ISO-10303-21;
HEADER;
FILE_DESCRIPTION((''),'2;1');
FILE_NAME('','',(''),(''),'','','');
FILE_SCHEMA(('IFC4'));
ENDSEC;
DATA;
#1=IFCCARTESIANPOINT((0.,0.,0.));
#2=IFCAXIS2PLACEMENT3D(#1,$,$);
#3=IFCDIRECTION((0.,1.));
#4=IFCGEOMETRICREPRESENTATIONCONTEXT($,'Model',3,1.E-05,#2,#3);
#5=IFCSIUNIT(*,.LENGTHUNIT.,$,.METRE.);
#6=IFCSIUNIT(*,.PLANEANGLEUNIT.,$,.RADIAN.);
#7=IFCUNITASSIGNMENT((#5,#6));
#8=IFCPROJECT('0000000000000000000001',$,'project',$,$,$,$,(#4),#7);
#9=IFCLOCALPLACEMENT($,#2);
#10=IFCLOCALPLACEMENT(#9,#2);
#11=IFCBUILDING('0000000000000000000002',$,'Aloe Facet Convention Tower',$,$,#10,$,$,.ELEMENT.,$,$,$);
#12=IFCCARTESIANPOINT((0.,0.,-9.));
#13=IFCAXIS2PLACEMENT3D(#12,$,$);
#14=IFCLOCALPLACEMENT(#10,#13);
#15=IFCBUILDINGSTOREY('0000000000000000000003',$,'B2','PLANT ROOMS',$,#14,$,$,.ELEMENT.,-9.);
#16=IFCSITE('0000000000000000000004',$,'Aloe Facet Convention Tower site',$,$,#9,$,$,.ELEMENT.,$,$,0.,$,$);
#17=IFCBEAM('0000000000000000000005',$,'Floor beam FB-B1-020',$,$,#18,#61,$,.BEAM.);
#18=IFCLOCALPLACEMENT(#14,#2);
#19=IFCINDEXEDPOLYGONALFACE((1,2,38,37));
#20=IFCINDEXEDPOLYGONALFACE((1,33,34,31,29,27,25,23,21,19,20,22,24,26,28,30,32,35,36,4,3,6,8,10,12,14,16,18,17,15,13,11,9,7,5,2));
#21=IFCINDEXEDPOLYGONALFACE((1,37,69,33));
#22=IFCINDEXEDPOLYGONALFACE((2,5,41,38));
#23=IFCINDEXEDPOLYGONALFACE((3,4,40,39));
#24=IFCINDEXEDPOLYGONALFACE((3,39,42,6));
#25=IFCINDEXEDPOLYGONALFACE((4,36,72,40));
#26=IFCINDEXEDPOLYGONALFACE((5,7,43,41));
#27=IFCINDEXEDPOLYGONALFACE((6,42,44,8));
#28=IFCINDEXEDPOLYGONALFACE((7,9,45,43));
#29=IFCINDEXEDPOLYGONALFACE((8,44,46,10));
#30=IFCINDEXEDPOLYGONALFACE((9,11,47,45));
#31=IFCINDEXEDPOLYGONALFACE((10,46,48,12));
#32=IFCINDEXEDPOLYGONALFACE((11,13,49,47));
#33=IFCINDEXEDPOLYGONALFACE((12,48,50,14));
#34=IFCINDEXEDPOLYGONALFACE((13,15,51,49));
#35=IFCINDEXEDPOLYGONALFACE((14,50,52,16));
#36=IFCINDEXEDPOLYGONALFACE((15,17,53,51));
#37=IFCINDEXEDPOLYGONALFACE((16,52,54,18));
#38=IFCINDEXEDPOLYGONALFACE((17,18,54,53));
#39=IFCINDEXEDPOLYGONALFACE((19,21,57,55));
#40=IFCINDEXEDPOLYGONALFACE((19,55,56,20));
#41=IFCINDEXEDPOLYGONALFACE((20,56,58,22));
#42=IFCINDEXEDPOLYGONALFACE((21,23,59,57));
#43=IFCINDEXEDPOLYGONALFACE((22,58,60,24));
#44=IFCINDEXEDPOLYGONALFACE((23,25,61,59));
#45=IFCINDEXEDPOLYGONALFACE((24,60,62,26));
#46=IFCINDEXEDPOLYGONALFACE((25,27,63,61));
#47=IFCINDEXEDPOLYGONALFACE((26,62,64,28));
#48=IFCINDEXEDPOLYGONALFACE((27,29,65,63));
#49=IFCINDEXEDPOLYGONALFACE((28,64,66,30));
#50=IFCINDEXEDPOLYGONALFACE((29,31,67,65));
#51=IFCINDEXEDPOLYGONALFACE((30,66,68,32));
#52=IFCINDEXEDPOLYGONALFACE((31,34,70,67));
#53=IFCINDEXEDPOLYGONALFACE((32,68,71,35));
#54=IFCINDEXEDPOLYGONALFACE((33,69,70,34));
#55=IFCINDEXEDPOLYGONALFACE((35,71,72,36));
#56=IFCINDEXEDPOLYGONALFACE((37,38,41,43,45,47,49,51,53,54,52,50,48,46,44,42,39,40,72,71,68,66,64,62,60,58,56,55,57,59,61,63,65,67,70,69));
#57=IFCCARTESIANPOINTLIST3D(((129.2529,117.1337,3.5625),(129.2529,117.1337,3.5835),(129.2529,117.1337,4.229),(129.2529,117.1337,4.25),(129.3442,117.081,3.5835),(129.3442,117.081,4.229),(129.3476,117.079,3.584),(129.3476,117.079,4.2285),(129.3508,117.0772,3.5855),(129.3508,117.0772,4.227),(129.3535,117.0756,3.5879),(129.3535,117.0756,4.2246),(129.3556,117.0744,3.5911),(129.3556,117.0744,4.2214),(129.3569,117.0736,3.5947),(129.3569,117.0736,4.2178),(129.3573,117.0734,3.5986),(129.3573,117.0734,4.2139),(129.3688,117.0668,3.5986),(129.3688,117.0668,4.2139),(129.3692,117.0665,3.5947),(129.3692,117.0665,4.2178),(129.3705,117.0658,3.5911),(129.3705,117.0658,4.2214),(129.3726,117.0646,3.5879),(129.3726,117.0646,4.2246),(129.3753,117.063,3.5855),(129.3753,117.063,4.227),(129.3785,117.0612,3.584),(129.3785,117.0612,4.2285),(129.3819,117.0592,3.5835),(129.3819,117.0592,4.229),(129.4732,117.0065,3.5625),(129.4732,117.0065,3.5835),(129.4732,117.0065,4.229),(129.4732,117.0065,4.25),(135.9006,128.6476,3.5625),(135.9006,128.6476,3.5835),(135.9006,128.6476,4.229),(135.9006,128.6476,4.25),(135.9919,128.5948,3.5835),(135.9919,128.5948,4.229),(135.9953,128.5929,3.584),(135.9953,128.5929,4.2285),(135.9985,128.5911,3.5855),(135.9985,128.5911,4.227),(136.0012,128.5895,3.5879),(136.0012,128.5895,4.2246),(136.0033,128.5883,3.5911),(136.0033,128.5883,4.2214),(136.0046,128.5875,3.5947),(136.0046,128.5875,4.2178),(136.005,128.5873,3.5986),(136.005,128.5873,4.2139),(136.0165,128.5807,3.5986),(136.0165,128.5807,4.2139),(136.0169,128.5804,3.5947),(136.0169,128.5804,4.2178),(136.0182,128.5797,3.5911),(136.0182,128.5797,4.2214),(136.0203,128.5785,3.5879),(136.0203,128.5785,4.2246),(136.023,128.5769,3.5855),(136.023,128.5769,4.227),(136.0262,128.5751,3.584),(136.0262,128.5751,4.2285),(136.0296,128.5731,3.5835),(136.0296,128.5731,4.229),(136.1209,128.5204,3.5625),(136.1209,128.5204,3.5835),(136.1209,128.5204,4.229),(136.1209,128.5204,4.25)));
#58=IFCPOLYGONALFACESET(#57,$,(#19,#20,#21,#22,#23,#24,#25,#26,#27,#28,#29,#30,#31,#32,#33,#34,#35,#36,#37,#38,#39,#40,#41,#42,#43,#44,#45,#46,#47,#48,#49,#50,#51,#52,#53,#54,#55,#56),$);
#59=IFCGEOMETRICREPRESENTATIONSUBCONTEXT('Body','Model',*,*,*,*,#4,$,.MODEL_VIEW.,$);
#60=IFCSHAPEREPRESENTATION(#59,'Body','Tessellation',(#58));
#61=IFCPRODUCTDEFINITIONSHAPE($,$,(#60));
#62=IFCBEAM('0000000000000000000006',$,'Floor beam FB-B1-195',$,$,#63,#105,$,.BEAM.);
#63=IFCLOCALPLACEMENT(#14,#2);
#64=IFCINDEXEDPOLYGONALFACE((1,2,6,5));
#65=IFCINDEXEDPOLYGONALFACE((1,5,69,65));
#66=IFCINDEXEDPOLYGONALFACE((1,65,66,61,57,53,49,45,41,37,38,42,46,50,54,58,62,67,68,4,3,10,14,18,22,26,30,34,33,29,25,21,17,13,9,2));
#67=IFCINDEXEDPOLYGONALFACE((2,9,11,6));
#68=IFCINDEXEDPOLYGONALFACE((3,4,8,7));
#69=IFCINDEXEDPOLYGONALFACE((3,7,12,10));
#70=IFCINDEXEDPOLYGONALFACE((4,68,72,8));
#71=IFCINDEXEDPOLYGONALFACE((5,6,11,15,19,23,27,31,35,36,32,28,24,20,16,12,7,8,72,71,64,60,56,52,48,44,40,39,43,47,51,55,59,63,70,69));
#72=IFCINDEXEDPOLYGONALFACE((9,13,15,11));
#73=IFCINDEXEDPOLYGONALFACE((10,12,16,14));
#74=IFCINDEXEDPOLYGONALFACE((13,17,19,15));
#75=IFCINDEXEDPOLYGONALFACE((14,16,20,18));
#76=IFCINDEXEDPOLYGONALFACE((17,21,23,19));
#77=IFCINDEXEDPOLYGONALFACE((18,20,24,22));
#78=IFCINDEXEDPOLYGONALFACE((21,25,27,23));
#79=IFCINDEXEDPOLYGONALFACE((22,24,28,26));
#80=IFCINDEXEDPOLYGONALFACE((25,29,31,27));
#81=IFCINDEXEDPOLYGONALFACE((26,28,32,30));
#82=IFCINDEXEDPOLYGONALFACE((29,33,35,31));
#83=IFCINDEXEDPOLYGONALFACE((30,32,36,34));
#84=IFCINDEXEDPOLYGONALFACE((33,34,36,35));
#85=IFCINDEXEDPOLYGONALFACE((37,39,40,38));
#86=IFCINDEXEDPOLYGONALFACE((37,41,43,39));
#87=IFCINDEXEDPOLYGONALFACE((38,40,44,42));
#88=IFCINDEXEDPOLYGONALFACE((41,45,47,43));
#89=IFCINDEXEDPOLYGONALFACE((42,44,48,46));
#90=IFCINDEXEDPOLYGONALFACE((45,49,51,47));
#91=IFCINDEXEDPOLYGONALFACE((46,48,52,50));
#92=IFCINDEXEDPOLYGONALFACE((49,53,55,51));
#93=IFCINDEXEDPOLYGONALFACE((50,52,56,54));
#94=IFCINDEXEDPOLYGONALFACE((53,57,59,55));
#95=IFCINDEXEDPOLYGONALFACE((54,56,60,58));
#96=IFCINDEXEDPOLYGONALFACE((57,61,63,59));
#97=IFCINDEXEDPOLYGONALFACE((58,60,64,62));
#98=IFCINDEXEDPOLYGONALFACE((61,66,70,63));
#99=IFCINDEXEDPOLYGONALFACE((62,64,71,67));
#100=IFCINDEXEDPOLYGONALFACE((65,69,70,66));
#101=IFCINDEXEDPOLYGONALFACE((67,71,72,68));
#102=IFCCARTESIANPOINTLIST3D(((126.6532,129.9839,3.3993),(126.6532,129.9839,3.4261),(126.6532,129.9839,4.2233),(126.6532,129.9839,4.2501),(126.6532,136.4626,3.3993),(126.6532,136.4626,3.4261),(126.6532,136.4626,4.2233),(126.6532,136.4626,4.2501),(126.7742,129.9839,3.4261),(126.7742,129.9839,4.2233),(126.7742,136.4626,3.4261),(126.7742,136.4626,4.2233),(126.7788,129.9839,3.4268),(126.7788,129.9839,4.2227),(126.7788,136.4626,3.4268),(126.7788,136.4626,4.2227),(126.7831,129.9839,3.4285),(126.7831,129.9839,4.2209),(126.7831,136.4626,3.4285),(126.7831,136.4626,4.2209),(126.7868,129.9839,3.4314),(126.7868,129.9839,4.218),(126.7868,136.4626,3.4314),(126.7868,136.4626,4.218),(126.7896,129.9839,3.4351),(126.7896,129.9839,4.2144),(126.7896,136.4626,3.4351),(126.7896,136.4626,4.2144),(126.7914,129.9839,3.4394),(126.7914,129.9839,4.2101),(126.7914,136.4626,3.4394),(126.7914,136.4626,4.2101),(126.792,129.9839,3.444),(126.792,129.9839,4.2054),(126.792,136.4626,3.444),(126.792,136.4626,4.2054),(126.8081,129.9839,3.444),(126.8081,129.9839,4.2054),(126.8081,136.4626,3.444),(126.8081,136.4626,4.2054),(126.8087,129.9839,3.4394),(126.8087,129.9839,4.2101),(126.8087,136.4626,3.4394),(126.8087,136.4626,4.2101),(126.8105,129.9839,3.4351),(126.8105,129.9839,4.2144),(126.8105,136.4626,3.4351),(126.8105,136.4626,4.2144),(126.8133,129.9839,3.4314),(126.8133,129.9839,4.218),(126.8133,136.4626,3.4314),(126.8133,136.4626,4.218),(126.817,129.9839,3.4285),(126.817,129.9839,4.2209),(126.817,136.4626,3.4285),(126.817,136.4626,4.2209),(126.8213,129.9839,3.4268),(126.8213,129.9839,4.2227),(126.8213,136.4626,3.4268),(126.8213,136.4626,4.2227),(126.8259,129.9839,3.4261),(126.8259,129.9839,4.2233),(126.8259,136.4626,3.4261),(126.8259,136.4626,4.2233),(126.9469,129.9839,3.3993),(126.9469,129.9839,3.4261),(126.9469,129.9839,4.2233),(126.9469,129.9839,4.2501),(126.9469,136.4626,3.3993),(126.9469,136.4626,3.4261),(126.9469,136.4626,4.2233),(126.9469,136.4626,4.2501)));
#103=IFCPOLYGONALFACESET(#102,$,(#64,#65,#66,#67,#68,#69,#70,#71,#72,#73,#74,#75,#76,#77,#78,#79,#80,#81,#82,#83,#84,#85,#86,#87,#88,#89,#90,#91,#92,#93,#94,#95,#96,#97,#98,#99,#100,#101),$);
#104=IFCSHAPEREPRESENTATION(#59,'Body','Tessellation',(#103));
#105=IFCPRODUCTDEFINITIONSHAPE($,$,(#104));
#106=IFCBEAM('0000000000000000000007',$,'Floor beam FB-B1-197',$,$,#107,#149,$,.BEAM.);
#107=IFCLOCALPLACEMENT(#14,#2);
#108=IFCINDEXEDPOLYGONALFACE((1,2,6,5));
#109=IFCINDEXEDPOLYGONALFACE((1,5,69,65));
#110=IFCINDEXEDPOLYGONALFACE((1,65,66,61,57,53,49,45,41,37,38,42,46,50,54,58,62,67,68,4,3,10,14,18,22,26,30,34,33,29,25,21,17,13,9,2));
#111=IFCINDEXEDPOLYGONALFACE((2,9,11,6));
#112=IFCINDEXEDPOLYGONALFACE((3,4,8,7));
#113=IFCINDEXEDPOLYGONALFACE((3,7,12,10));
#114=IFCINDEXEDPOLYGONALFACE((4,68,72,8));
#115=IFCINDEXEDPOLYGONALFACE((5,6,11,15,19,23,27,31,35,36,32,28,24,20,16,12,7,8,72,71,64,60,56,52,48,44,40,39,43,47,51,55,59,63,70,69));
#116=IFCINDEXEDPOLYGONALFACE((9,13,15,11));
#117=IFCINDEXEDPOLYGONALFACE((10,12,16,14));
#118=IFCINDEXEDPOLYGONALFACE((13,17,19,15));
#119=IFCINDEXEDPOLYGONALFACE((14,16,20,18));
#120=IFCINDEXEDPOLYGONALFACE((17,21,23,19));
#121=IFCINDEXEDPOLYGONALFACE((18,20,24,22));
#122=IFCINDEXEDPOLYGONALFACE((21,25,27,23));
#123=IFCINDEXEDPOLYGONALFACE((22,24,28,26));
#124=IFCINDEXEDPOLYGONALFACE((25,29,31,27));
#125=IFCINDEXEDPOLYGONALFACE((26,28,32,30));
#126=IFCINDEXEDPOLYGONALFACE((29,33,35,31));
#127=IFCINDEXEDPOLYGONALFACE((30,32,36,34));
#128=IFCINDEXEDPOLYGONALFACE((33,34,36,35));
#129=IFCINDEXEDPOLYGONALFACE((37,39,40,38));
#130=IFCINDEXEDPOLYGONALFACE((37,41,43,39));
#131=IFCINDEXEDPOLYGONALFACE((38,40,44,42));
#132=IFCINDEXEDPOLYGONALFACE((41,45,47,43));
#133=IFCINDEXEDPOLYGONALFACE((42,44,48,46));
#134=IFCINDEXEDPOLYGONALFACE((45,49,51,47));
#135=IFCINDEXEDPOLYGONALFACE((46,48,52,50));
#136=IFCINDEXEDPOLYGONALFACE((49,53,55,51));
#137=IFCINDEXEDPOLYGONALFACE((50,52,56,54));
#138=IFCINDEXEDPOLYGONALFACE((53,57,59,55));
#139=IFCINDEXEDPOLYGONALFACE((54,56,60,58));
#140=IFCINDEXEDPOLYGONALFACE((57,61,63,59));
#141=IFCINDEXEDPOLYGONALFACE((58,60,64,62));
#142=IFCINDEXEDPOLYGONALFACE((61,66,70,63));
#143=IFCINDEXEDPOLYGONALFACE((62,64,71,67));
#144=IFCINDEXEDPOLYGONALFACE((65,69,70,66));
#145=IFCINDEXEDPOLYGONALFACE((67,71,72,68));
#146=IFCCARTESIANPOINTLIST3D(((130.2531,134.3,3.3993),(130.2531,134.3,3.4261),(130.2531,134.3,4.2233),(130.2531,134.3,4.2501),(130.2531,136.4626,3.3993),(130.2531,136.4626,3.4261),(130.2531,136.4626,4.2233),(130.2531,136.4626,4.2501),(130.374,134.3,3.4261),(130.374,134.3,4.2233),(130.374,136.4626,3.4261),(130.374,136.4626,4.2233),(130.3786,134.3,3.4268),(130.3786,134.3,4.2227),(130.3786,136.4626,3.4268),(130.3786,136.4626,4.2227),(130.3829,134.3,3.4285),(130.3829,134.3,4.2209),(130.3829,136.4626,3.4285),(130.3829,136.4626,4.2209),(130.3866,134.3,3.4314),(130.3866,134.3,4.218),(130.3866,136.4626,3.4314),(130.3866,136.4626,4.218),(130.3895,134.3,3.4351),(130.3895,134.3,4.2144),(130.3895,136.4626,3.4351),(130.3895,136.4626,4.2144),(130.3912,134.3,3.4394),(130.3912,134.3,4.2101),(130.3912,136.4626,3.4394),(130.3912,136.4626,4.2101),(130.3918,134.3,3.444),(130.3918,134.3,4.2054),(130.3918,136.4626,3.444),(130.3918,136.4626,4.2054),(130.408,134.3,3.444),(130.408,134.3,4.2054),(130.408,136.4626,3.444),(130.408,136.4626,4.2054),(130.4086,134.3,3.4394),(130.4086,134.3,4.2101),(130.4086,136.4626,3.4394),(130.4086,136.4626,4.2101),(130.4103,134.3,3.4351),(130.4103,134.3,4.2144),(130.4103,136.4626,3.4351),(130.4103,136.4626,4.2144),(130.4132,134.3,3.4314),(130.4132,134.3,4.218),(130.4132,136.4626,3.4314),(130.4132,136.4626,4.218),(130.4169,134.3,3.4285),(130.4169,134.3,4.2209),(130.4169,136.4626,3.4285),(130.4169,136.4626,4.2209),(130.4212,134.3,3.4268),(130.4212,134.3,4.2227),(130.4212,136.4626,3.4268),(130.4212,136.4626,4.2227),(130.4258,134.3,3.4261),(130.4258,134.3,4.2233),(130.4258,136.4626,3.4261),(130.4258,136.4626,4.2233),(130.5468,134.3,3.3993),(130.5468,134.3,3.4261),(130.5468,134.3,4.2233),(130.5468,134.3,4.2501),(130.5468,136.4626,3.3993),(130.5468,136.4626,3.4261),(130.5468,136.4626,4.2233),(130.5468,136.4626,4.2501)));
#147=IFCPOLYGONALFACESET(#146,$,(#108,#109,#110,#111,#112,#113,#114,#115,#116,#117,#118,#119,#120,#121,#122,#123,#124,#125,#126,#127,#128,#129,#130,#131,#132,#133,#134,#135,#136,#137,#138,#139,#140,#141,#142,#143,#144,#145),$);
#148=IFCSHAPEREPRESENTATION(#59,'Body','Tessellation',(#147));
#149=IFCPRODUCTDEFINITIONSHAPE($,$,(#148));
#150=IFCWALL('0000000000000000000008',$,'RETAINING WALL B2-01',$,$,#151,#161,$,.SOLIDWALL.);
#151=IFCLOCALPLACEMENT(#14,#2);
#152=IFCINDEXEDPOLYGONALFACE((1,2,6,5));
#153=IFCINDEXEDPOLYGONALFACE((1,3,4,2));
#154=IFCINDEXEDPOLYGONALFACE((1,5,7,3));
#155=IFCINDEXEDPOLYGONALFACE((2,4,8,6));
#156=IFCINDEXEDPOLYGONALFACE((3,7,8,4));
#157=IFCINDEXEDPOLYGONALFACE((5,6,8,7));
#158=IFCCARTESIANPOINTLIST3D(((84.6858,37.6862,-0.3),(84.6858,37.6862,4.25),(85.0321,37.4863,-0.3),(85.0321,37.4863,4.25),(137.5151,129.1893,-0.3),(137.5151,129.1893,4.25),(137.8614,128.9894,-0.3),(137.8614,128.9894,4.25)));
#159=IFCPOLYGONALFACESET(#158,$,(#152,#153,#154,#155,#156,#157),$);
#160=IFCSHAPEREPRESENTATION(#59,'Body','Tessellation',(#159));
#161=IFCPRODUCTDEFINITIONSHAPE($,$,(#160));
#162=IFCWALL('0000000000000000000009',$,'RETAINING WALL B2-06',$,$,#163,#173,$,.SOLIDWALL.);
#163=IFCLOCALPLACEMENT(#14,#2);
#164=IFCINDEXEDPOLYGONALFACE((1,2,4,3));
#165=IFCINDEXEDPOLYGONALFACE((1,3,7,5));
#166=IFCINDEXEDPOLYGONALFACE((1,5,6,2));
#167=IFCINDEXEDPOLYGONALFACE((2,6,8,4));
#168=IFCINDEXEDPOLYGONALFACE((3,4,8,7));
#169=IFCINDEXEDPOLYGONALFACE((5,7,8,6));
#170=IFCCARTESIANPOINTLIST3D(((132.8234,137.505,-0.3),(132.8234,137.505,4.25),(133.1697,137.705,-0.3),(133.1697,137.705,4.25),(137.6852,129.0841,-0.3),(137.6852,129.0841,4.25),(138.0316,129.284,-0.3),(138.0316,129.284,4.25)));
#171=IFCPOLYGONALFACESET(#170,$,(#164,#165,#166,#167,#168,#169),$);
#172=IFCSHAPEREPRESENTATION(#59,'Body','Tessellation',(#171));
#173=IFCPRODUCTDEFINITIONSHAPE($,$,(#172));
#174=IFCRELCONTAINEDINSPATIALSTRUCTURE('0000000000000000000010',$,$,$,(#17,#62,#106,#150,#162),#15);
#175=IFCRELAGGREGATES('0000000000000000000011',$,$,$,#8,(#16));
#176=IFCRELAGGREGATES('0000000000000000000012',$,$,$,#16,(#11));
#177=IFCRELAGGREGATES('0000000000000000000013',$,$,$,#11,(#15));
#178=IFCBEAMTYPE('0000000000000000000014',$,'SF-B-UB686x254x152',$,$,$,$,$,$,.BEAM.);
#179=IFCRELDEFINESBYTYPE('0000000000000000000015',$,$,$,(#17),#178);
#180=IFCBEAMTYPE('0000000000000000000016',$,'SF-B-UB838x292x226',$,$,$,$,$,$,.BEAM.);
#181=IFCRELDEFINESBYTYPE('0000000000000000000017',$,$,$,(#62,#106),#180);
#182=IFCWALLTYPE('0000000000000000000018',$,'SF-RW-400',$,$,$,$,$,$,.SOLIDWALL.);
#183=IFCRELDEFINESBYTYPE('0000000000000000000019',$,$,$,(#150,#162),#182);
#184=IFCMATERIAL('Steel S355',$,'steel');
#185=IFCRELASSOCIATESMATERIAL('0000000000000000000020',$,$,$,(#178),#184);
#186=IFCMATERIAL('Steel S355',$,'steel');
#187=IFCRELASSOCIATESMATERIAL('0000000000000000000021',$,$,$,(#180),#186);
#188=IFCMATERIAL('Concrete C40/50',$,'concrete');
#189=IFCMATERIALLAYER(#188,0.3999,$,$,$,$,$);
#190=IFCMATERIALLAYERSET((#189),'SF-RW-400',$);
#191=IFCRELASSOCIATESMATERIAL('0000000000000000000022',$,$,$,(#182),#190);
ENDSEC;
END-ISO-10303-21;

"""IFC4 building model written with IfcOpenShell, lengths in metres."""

from ifc_helpers import new_model, si_unit, direction, frame, frame_2d, origin, origin_2d, place, context, subcontext, project, spatial, rectangle, i_section, extrude, material, layer, layer_set, material_profile, profile_set, type_object, element, save


model = new_model("IFC4")

# Units and contexts
model_context = context("Model", 3, precision=1e-05, world=origin(), true_north=direction((0.0, 1.0)))
body_context = subcontext(model_context, "Body", "Model", "MODEL_VIEW")
ifc_project = project(units=[si_unit("LENGTHUNIT", "METRE"), si_unit("PLANEANGLEUNIT", "RADIAN")], contexts=[model_context])

# Site, building, storey
site_placement = place(None, origin())
site = spatial("IfcSite", under=ifc_project, at=site_placement, Name="Aloe Facet Convention Tower site", CompositionType="ELEMENT", RefElevation=0.0)
building_placement = place(site_placement, origin())
building = spatial("IfcBuilding", under=site, at=building_placement, Name="Aloe Facet Convention Tower", CompositionType="ELEMENT")
storey_placement = place(building_placement, frame((0.0, 0.0, -9.0)))
storey = spatial("IfcBuildingStorey", under=building, at=storey_placement, Name="B2", Description="PLANT ROOMS", CompositionType="ELEMENT", Elevation=-9.0)

# Beams
ifc_material_1 = material(Name="Steel S355", Category="steel")
ifc_material_profile_1 = material_profile(ifc_material_1, i_section(OverallWidth=0.2544, OverallDepth=0.6875, WebThickness=0.0132, FlangeThickness=0.021, FilletRadius=0.0151, at=origin_2d()), Name="UB 686x254x152")
ifc_profile_set_1 = profile_set([ifc_material_profile_1], Name="Steel S355")
beam_type_1 = type_object("IfcBeamType", Name="SF-B-UB686x254x152", PredefinedType="BEAM", material=ifc_profile_set_1)
beam_1_placement = place(storey_placement, frame((136.0107, 128.584, 3.9062), z_axis=(-0.500008, -0.866021, 0.0), x_axis=(0.866021, -0.500008, 0.0)))
element("IfcBeam", 1, at=beam_1_placement, inside=storey, type_object=beam_type_1, Name="Floor beam FB-B1-020", PredefinedType="BEAM", context=body_context, shape_type="SweptSolid", body=[
    extrude(i_section(OverallWidth=0.2544, OverallDepth=0.6875, WebThickness=0.0132, FlangeThickness=0.021, FilletRadius=0.0151, at=origin_2d()), origin(), (0.0, 0.0, 1.0), 13.2952),
])
ifc_material_2 = material(Name="Steel S355", Category="steel")
ifc_material_profile_2 = material_profile(ifc_material_2, i_section(OverallWidth=0.2937, OverallDepth=0.8508, WebThickness=0.0161, FlangeThickness=0.0269, FilletRadius=0.0178, at=origin_2d()), Name="UB 838x292x226")
ifc_profile_set_2 = profile_set([ifc_material_profile_2], Name="Steel S355")
beam_type_2 = type_object("IfcBeamType", Name="SF-B-UB838x292x226", PredefinedType="BEAM", material=ifc_profile_set_2)
beam_2_placement = place(storey_placement, frame((126.8, 129.9839, 3.8247), z_axis=(0.0, 1.0, 0.0), x_axis=(-1.0, 0.0, 0.0)))
element("IfcBeam", 2, at=beam_2_placement, inside=storey, type_object=beam_type_2, Name="Floor beam FB-B1-195", PredefinedType="BEAM", context=body_context, shape_type="SweptSolid", body=[
    extrude(i_section(OverallWidth=0.2937, OverallDepth=0.8508, WebThickness=0.0161, FlangeThickness=0.0269, FilletRadius=0.0178, at=origin_2d()), origin(), (0.0, 0.0, 1.0), 6.4788),
])
beam_3_placement = place(storey_placement, frame((130.3999, 134.3, 3.8247), z_axis=(0.0, 1.0, 0.0), x_axis=(-1.0, 0.0, 0.0)))
element("IfcBeam", 3, at=beam_3_placement, inside=storey, type_object=beam_type_2, Name="Floor beam FB-B1-197", PredefinedType="BEAM", context=body_context, shape_type="SweptSolid", body=[
    extrude(i_section(OverallWidth=0.2937, OverallDepth=0.8508, WebThickness=0.0161, FlangeThickness=0.0269, FilletRadius=0.0178, at=origin_2d()), origin(), (0.0, 0.0, 1.0), 2.1626),
])

# Walls
ifc_material_3 = material(Name="Concrete C40/50", Category="concrete")
ifc_layer = layer(ifc_material_3, 0.3999)
ifc_layer_set = layer_set([ifc_layer], Name="SF-RW-400")
wall_type = type_object("IfcWallType", Name="SF-RW-400", PredefinedType="SOLIDWALL", material=ifc_layer_set)
wall_1_placement = place(storey_placement, frame((137.6882, 129.0894, -0.3), z_axis=(0.0, 0.0, 1.0), x_axis=(-0.5, -0.866026, 0.0)))
element("IfcWall", 4, at=wall_1_placement, inside=storey, type_object=wall_type, Name="RETAINING WALL B2-01", PredefinedType="SOLIDWALL", context=body_context, shape_type="SweptSolid", body=[
    extrude(rectangle(XDim=105.6587, YDim=0.3999, at=frame_2d((52.8293, 0.0))), origin(), (0.0, 0.0, 1.0), 4.55),
])
wall_2_placement = place(storey_placement, frame((132.9966, 137.605, -0.3), z_axis=(0.0, 0.0, 1.0), x_axis=(0.500001, -0.866025, 0.0)))
element("IfcWall", 5, at=wall_2_placement, inside=storey, type_object=wall_type, Name="RETAINING WALL B2-06", PredefinedType="SOLIDWALL", context=body_context, shape_type="SweptSolid", body=[
    extrude(rectangle(XDim=9.7236, YDim=0.3999, at=frame_2d((4.8618, 0.0))), origin(), (0.0, 0.0, 1.0), 4.55),
])

save(model, "model.ifc")
